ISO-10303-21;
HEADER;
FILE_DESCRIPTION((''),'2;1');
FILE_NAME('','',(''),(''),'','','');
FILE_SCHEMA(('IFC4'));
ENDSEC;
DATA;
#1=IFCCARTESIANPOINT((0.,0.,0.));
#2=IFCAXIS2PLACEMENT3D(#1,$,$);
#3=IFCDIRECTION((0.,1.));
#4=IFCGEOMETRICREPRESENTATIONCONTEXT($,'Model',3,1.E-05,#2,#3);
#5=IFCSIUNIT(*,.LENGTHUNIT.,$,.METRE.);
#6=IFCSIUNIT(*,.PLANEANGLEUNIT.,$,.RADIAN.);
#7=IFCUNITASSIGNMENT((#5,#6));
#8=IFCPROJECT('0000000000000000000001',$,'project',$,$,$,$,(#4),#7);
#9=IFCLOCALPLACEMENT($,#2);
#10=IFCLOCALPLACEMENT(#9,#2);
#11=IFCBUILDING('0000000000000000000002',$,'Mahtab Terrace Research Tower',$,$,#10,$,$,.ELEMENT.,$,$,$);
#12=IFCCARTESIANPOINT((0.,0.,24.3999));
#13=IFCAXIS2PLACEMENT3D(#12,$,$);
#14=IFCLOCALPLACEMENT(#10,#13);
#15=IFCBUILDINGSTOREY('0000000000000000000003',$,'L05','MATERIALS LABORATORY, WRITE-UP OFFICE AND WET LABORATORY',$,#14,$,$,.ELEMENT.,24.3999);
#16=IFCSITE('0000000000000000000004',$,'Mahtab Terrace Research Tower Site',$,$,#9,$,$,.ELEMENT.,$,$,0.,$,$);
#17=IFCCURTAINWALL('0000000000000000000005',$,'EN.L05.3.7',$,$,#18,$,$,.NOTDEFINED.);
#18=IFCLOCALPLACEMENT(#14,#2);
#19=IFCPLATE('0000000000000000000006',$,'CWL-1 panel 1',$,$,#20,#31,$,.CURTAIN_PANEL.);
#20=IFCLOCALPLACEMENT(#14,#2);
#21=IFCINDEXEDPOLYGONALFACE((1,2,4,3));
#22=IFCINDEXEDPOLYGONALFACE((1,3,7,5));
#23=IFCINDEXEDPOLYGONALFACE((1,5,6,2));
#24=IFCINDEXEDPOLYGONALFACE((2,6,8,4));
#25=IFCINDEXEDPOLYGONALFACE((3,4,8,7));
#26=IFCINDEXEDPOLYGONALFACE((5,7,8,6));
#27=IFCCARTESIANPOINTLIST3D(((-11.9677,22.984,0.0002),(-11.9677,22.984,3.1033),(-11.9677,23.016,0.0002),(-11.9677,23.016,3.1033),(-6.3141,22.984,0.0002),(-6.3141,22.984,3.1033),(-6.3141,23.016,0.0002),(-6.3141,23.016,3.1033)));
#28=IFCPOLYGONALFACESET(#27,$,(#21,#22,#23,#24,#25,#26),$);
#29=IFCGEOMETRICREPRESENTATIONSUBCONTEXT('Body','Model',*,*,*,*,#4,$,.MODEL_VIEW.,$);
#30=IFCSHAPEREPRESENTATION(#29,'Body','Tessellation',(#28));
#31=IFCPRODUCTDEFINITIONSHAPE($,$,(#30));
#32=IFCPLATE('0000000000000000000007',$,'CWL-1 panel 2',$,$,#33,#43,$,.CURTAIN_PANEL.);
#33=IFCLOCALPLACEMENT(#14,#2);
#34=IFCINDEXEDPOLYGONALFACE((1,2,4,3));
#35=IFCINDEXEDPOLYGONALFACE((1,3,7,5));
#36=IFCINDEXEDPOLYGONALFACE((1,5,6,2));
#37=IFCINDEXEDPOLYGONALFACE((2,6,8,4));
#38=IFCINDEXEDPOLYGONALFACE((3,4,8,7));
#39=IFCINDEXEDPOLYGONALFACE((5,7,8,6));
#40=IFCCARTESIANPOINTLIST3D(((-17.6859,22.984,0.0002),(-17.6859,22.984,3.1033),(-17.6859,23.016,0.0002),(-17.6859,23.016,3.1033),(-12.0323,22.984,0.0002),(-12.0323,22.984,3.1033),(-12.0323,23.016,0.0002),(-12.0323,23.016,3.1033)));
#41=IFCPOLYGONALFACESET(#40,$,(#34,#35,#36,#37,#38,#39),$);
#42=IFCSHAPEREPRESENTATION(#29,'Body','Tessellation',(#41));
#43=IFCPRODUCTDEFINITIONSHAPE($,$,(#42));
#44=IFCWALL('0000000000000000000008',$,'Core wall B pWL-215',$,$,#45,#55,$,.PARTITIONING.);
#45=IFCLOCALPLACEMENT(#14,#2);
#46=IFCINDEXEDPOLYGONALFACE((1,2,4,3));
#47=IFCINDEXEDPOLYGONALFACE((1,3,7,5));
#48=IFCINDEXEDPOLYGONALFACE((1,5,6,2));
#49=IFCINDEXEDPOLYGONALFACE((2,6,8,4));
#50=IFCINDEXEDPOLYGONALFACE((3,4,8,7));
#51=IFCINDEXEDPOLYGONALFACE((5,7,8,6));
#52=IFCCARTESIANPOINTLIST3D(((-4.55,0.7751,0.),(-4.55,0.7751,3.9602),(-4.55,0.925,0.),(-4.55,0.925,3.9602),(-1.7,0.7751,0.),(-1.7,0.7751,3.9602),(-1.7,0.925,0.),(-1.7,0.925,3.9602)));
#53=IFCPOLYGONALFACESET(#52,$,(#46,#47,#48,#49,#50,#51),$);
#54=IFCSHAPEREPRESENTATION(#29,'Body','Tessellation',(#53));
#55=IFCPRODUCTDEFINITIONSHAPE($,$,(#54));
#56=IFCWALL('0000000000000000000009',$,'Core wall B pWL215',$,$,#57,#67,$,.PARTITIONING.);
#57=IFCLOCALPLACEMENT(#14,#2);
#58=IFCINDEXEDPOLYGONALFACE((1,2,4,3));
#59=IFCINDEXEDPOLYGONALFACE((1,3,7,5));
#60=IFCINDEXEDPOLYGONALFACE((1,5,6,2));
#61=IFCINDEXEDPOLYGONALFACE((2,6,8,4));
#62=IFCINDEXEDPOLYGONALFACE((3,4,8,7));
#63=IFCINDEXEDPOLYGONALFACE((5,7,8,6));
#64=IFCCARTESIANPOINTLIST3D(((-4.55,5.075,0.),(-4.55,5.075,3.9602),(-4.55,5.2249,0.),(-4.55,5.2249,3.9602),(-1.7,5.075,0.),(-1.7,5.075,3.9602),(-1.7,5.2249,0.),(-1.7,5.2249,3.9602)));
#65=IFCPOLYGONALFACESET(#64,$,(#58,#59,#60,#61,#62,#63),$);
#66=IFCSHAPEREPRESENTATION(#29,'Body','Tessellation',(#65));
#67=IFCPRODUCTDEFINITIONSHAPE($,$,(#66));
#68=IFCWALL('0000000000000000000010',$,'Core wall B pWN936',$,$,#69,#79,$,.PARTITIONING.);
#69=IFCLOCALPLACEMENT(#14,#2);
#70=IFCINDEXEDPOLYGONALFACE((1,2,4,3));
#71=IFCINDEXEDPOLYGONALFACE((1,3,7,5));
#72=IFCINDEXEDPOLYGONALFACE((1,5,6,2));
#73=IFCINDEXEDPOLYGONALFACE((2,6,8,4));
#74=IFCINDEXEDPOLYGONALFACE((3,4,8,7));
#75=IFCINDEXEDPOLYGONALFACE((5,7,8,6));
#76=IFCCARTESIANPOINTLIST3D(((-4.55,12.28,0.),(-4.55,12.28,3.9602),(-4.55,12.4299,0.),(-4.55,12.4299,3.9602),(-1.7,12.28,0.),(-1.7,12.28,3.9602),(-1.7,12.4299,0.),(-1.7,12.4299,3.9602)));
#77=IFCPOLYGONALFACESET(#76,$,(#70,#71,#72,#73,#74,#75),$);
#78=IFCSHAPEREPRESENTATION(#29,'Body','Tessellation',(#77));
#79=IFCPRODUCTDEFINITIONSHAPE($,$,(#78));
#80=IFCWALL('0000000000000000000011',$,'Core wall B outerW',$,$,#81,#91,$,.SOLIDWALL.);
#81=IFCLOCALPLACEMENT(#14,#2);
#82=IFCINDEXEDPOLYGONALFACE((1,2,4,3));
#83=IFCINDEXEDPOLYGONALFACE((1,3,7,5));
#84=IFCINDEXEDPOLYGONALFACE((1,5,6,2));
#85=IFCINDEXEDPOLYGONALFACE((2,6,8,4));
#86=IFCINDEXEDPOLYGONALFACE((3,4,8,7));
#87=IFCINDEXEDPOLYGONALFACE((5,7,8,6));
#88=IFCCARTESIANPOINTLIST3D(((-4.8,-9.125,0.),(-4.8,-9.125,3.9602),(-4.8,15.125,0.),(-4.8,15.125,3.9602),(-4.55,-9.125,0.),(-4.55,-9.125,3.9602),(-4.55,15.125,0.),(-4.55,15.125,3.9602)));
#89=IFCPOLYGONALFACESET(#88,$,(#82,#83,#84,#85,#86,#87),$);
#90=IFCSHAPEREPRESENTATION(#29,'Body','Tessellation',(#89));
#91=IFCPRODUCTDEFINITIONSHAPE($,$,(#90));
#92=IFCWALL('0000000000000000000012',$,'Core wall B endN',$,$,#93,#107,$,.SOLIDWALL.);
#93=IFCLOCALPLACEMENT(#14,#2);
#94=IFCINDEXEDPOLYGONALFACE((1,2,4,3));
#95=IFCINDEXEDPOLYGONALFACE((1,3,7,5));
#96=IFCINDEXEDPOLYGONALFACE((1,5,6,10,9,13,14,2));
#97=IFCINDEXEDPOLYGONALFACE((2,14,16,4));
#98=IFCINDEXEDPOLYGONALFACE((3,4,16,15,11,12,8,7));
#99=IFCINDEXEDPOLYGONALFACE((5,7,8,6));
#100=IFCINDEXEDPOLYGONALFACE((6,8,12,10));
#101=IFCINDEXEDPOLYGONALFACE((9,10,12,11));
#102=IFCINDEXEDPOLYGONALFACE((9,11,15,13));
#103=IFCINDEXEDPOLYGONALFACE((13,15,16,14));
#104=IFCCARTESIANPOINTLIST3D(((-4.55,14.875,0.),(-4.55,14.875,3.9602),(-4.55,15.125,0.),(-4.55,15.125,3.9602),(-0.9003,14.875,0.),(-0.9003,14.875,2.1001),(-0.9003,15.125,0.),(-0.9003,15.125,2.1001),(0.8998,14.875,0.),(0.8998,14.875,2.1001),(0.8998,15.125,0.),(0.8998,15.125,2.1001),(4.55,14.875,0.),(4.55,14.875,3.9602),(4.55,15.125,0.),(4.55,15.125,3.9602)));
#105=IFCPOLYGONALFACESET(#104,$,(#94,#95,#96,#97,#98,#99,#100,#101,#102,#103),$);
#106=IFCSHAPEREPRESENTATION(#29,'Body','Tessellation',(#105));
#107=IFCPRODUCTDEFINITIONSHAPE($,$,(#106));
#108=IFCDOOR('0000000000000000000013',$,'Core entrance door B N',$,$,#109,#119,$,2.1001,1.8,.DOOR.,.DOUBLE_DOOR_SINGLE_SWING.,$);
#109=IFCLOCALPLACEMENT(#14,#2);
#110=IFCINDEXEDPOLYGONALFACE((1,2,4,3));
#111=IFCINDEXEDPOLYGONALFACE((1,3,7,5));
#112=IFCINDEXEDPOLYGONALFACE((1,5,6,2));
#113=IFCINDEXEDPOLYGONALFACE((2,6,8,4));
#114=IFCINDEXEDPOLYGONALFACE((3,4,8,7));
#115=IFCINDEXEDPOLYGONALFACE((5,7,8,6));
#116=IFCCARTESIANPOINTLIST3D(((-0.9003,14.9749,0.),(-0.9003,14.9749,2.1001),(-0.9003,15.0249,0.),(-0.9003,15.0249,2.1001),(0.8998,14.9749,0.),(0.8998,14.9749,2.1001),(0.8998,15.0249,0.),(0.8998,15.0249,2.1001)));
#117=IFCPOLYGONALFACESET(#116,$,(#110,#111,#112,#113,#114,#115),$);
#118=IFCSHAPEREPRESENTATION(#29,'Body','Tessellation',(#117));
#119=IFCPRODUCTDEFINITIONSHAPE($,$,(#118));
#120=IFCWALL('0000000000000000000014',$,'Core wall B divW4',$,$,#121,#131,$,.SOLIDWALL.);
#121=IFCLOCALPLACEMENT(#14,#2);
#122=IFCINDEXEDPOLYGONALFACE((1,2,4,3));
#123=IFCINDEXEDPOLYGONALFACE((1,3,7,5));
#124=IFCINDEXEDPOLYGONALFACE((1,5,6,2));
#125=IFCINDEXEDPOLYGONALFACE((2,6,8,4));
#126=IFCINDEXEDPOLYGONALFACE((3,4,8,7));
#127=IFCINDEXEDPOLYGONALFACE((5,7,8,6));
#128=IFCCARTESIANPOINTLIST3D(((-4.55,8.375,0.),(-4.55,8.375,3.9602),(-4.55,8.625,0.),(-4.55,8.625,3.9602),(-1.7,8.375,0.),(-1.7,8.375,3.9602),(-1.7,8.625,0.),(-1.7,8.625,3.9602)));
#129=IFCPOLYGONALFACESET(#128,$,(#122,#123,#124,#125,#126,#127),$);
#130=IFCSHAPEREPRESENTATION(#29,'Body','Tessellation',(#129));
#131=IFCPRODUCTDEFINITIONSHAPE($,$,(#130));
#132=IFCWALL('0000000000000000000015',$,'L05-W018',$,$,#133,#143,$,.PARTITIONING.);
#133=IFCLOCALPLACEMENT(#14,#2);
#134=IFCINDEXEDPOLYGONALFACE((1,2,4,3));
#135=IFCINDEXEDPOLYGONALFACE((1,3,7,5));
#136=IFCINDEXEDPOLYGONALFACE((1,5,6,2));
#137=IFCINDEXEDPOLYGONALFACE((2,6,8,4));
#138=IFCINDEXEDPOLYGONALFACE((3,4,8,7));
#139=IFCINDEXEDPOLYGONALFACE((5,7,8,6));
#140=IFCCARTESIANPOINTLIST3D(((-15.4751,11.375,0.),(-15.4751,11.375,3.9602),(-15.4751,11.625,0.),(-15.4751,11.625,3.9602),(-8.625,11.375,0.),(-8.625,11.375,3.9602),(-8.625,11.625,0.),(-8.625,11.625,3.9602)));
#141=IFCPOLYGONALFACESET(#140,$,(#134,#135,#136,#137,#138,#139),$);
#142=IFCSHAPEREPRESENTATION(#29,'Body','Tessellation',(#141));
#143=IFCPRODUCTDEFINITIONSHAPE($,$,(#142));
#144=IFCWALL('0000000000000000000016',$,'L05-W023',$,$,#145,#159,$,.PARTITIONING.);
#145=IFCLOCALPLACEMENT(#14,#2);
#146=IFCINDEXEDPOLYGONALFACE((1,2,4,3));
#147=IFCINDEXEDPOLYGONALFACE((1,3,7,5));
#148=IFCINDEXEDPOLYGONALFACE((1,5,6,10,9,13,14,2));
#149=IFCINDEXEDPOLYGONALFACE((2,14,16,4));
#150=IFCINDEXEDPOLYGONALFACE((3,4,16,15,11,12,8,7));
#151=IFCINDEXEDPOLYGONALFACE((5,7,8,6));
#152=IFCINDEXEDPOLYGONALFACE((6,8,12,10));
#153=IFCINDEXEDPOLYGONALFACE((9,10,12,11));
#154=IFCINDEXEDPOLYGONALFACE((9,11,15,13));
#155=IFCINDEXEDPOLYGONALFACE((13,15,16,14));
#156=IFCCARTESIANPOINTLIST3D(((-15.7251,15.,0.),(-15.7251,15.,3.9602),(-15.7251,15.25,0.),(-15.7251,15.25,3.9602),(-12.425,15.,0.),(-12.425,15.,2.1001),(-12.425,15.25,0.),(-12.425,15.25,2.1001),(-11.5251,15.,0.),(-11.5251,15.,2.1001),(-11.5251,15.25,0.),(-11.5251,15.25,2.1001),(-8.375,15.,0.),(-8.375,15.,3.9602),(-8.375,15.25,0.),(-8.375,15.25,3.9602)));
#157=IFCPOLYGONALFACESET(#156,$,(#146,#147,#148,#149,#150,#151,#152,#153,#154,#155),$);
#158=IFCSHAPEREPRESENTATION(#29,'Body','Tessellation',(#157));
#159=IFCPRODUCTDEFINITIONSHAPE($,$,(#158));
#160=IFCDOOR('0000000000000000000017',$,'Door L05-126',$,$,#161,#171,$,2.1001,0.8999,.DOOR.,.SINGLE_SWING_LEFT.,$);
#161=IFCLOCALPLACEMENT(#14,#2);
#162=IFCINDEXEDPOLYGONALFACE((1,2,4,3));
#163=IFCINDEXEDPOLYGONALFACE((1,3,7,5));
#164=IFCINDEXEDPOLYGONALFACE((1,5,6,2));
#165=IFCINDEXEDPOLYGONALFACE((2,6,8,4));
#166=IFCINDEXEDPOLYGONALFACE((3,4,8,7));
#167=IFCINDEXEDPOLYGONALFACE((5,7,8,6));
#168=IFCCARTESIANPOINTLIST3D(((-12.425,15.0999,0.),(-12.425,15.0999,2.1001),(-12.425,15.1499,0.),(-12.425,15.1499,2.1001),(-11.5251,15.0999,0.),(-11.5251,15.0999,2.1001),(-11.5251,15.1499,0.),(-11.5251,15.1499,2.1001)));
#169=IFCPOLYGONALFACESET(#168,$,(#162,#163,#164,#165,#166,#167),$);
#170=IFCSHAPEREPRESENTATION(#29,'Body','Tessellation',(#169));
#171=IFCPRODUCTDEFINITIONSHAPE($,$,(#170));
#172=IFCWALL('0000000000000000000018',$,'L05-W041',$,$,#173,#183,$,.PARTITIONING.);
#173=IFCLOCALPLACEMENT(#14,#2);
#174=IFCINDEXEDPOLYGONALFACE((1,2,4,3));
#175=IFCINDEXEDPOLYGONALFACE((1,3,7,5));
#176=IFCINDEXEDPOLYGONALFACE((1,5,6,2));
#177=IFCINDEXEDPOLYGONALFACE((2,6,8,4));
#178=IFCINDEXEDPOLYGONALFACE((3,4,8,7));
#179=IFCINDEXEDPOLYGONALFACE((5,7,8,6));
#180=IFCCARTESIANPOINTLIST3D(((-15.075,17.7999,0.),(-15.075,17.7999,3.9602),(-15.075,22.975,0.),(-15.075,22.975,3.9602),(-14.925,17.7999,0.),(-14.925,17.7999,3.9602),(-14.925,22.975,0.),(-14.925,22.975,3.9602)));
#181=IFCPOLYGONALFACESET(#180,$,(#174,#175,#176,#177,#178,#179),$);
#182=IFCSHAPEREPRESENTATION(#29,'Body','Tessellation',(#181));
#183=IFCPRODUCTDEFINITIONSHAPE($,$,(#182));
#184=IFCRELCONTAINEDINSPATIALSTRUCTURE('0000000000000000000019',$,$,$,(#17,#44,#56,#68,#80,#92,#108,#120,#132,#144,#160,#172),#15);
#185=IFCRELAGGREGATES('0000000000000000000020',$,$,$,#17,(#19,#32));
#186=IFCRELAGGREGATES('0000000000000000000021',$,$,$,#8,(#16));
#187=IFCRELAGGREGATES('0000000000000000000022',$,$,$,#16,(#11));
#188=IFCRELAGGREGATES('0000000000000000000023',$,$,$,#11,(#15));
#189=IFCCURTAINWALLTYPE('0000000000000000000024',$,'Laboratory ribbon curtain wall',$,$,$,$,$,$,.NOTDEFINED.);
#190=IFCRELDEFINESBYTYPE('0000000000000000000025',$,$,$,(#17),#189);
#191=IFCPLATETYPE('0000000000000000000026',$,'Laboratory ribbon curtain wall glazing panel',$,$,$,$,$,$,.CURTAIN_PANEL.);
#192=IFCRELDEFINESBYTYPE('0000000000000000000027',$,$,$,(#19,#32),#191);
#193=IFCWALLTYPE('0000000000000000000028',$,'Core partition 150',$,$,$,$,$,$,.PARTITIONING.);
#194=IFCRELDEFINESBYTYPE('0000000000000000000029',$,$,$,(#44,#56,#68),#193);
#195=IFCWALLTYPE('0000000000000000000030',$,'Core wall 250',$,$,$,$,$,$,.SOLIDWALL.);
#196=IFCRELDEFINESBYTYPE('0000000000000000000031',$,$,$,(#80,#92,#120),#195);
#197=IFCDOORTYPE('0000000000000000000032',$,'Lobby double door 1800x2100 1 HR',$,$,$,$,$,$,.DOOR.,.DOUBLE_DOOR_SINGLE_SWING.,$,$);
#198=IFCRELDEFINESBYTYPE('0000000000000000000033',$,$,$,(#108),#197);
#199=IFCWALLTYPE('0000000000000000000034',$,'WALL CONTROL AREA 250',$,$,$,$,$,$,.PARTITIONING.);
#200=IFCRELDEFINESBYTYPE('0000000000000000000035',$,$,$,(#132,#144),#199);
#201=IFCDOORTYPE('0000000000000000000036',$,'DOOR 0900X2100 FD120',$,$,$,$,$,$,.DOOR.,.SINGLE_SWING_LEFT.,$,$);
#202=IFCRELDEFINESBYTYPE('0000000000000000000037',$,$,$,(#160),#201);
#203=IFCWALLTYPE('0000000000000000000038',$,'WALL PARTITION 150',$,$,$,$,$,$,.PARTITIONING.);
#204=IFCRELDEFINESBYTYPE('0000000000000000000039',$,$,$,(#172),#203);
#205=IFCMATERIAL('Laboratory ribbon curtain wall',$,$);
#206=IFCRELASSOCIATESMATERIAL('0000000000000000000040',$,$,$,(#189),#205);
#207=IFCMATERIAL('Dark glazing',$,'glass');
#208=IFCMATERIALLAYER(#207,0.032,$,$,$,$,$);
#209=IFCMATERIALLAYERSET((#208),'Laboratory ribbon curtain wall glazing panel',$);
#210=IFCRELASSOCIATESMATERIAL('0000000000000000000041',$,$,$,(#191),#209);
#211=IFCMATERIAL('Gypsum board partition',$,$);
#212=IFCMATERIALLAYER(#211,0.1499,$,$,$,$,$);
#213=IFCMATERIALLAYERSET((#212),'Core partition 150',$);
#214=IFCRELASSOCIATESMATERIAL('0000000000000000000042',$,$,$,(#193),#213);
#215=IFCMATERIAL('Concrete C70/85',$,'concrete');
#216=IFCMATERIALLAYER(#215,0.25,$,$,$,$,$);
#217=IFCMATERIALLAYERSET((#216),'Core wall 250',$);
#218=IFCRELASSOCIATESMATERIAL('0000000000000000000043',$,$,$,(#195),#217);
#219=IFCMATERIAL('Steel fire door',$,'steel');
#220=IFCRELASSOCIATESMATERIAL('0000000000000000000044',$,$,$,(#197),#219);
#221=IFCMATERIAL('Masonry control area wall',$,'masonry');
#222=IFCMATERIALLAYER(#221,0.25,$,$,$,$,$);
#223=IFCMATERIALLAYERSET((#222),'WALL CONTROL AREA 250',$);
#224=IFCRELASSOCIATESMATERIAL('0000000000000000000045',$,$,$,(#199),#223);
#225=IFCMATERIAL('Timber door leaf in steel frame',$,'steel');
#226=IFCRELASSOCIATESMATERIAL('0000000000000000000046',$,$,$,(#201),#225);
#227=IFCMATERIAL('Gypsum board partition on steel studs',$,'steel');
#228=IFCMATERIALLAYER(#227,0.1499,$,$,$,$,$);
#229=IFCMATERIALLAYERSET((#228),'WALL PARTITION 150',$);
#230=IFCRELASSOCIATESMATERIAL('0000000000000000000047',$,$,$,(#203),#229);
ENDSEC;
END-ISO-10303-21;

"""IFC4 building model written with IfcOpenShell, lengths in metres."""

from ifc_helpers import new_model, si_unit, direction, frame, frame_2d, origin, origin_2d, place, context, subcontext, project, spatial, rectangle, extrude, material, layer, layer_set, type_object, element, fill, aggregate, save


model = new_model("IFC4")

# Units and contexts
model_context = context("Model", 3, precision=1e-05, world=origin(), true_north=direction((0.0, 1.0)))
body_context = subcontext(model_context, "Body", "Model", "MODEL_VIEW")
ifc_project = project(units=[si_unit("LENGTHUNIT", "METRE"), si_unit("PLANEANGLEUNIT", "RADIAN")], contexts=[model_context])

# Site, building, storey
site_placement = place(None, origin())
site = spatial("IfcSite", under=ifc_project, at=site_placement, Name="Mahtab Terrace Research Tower Site", CompositionType="ELEMENT", RefElevation=0.0)
building_placement = place(site_placement, origin())
building = spatial("IfcBuilding", under=site, at=building_placement, Name="Mahtab Terrace Research Tower", CompositionType="ELEMENT")
storey_placement = place(building_placement, frame((0.0, 0.0, 24.3999)))
storey = spatial("IfcBuildingStorey", under=building, at=storey_placement, Name="L05", Description="MATERIALS LABORATORY, WRITE-UP OFFICE AND WET LABORATORY", CompositionType="ELEMENT", Elevation=24.3999)

# Shared definitions
ifc_material_1 = material(Name="Concrete C70/85", Category="concrete")

# Curtain wall
ifc_material_2 = material(Name="Laboratory ribbon curtain wall")
curtain_wall_type = type_object("IfcCurtainWallType", Name="Laboratory ribbon curtain wall", PredefinedType="NOTDEFINED", material=ifc_material_2)
curtain_wall_placement = place(storey_placement, origin())
curtain_wall = element("IfcCurtainWall", 1, at=curtain_wall_placement, inside=storey, type_object=curtain_wall_type, Name="EN.L05.3.7", PredefinedType="NOTDEFINED")

# Plates
ifc_material_3 = material(Name="Dark glazing", Category="glass")
ifc_layer_1 = layer(ifc_material_3, 0.032)
ifc_layer_set_1 = layer_set([ifc_layer_1], Name="Laboratory ribbon curtain wall glazing panel")
plate_type = type_object("IfcPlateType", Name="Laboratory ribbon curtain wall glazing panel", PredefinedType="CURTAIN_PANEL", material=ifc_layer_set_1)
plate_1_placement = place(storey_placement, frame((-9.1409, 23.0, 0.0002), z_axis=(0.0, 0.0, 1.0), x_axis=(-1.0, 0.0, 0.0)))
plate_1 = element("IfcPlate", 2, at=plate_1_placement, type_object=plate_type, Name="CWL-1 panel 1", PredefinedType="CURTAIN_PANEL", context=body_context, shape_type="SweptSolid", body=[
    extrude(rectangle(XDim=5.6536, YDim=0.032, at=origin_2d()), origin(), (0.0, 0.0, 1.0), 3.103),
])
plate_2_placement = place(storey_placement, frame((-14.8591, 23.0, 0.0002), z_axis=(0.0, 0.0, 1.0), x_axis=(-1.0, 0.0, 0.0)))
plate_2 = element("IfcPlate", 3, at=plate_2_placement, type_object=plate_type, Name="CWL-1 panel 2", PredefinedType="CURTAIN_PANEL", context=body_context, shape_type="SweptSolid", body=[
    extrude(rectangle(XDim=5.6536, YDim=0.032, at=origin_2d()), origin(), (0.0, 0.0, 1.0), 3.103),
])
aggregate(curtain_wall, [plate_1, plate_2])

# Walls
ifc_material_4 = material(Name="Gypsum board partition")
ifc_layer_2 = layer(ifc_material_4, 0.1499)
ifc_layer_set_2 = layer_set([ifc_layer_2], Name="Core partition 150")
wall_type_1 = type_object("IfcWallType", Name="Core partition 150", PredefinedType="PARTITIONING", material=ifc_layer_set_2)
for number, where, z_axis, x_axis, name in (
    (4, (-4.55, 0.8501, 0.0), (0.0, 0.0, 1.0), (1.0, 0.0, 0.0), "Core wall B pWL-215"),
    (5, (-4.55, 5.1499, 0.0), (0.0, 0.0, 1.0), (1.0, 0.0, 0.0), "Core wall B pWL215"),
    (6, (-4.55, 12.355, 0.0), (0.0, 0.0, 1.0), (1.0, 0.0, 0.0), "Core wall B pWN936"),
):
    element("IfcWall", number, at=place(storey_placement, frame(where, z_axis=z_axis, x_axis=x_axis)), inside=storey, type_object=wall_type_1, Name=name, PredefinedType="PARTITIONING", context=body_context, shape_type="SweptSolid", body=[
        extrude(rectangle(XDim=2.8501, YDim=0.1499, at=frame_2d((1.425, 0.0))), origin(), (0.0, 0.0, 1.0), 3.9602),
    ])
ifc_layer_3 = layer(ifc_material_1, 0.25)
ifc_layer_set_3 = layer_set([ifc_layer_3], Name="Core wall 250")
wall_type_2 = type_object("IfcWallType", Name="Core wall 250", PredefinedType="SOLIDWALL", material=ifc_layer_set_3)
wall_1_placement = place(storey_placement, frame((-4.675, 15.125, 0.0), z_axis=(0.0, 0.0, 1.0), x_axis=(0.0, -1.0, 0.0)))
element("IfcWall", 7, at=wall_1_placement, inside=storey, type_object=wall_type_2, Name="Core wall B outerW", PredefinedType="SOLIDWALL", context=body_context, shape_type="SweptSolid", body=[
    extrude(rectangle(XDim=24.25, YDim=0.25, at=frame_2d((12.125, 0.0))), origin(), (0.0, 0.0, 1.0), 3.9602),
])

# Wall, opening, door
wall_2_placement = place(storey_placement, frame((-4.55, 15.0, 0.0), z_axis=(0.0, 0.0, 1.0), x_axis=(1.0, 0.0, 0.0)))
wall_2 = element("IfcWall", 8, at=wall_2_placement, inside=storey, type_object=wall_type_2, Name="Core wall B endN", PredefinedType="SOLIDWALL", context=body_context, shape_type="SweptSolid", body=[
    extrude(rectangle(XDim=9.1001, YDim=0.25, at=frame_2d((4.55, 0.0))), origin(), (0.0, 0.0, 1.0), 3.9602),
])
opening_1_placement = place(wall_2_placement, frame((3.6499, 0.0, 0.0)))
opening_1 = element("IfcOpeningElement", 9, at=opening_1_placement, cuts=wall_2, PredefinedType="OPENING", context=body_context, shape_type="SweptSolid", body=[
    extrude(rectangle(XDim=1.8, YDim=2.1001, at=frame_2d((0.8999, 1.05))), frame((0.0, 0.135, 0.0), z_axis=(0.0, -1.0, 0.0), x_axis=(1.0, 0.0, 0.0)), (0.0, 0.0, 1.0), 0.27),
])
ifc_material_5 = material(Name="Steel fire door", Category="steel")
door_type_1 = type_object("IfcDoorType", Name="Lobby double door 1800x2100 1 HR", OperationType="DOUBLE_DOOR_SINGLE_SWING", PredefinedType="DOOR", material=ifc_material_5)
door_1_placement = place(opening_1_placement, origin())
door_1 = element("IfcDoor", 10, at=door_1_placement, inside=storey, type_object=door_type_1, Name="Core entrance door B N", OperationType="DOUBLE_DOOR_SINGLE_SWING", OverallHeight=2.1001, OverallWidth=1.8, PredefinedType="DOOR", context=body_context, shape_type="SweptSolid", body=[
    extrude(rectangle(XDim=1.8, YDim=2.1001, at=frame_2d((0.8999, 1.05))), frame((0.0, 0.0249, 0.0), z_axis=(0.0, -1.0, 0.0), x_axis=(1.0, 0.0, 0.0)), (0.0, 0.0, 1.0), 0.05),
])
fill(opening_1, door_1)

# Walls
wall_3_placement = place(storey_placement, frame((-4.55, 8.5, 0.0), z_axis=(0.0, 0.0, 1.0), x_axis=(1.0, 0.0, 0.0)))
element("IfcWall", 11, at=wall_3_placement, inside=storey, type_object=wall_type_2, Name="Core wall B divW4", PredefinedType="SOLIDWALL", context=body_context, shape_type="SweptSolid", body=[
    extrude(rectangle(XDim=2.8501, YDim=0.25, at=frame_2d((1.425, 0.0))), origin(), (0.0, 0.0, 1.0), 3.9602),
])
ifc_material_6 = material(Name="Masonry control area wall", Category="masonry")
ifc_layer_4 = layer(ifc_material_6, 0.25)
ifc_layer_set_4 = layer_set([ifc_layer_4], Name="WALL CONTROL AREA 250")
wall_type_3 = type_object("IfcWallType", Name="WALL CONTROL AREA 250", PredefinedType="PARTITIONING", material=ifc_layer_set_4)
wall_4_placement = place(storey_placement, frame((-15.4751, 11.5, 0.0), z_axis=(0.0, 0.0, 1.0), x_axis=(1.0, 0.0, 0.0)))
element("IfcWall", 12, at=wall_4_placement, inside=storey, type_object=wall_type_3, Name="L05-W018", PredefinedType="PARTITIONING", context=body_context, shape_type="SweptSolid", body=[
    extrude(rectangle(XDim=6.8501, YDim=0.25, at=frame_2d((3.425, 0.0))), origin(), (0.0, 0.0, 1.0), 3.9602),
])

# Wall, opening, door
wall_5_placement = place(storey_placement, frame((-15.7251, 15.125, 0.0), z_axis=(0.0, 0.0, 1.0), x_axis=(1.0, 0.0, 0.0)))
wall_5 = element("IfcWall", 13, at=wall_5_placement, inside=storey, type_object=wall_type_3, Name="L05-W023", PredefinedType="PARTITIONING", context=body_context, shape_type="SweptSolid", body=[
    extrude(rectangle(XDim=7.3501, YDim=0.25, at=frame_2d((3.675, 0.0))), origin(), (0.0, 0.0, 1.0), 3.9602),
])
opening_2_placement = place(wall_5_placement, frame((3.3, 0.0, 0.0)))
opening_2 = element("IfcOpeningElement", 14, at=opening_2_placement, cuts=wall_5, PredefinedType="OPENING", context=body_context, shape_type="SweptSolid", body=[
    extrude(rectangle(XDim=0.8999, YDim=2.1001, at=frame_2d((0.45, 1.05))), frame((0.0, 0.135, 0.0), z_axis=(0.0, -1.0, 0.0), x_axis=(1.0, 0.0, 0.0)), (0.0, 0.0, 1.0), 0.27),
])
ifc_material_7 = material(Name="Timber door leaf in steel frame", Category="steel")
door_type_2 = type_object("IfcDoorType", Name="DOOR 0900X2100 FD120", OperationType="SINGLE_SWING_LEFT", PredefinedType="DOOR", material=ifc_material_7)
door_2_placement = place(opening_2_placement, origin())
door_2 = element("IfcDoor", 15, at=door_2_placement, inside=storey, type_object=door_type_2, Name="Door L05-126", OperationType="SINGLE_SWING_LEFT", OverallHeight=2.1001, OverallWidth=0.8999, PredefinedType="DOOR", context=body_context, shape_type="SweptSolid", body=[
    extrude(rectangle(XDim=0.8999, YDim=2.1001, at=frame_2d((0.45, 1.05))), frame((0.0, 0.0249, 0.0), z_axis=(0.0, -1.0, 0.0), x_axis=(1.0, 0.0, 0.0)), (0.0, 0.0, 1.0), 0.05),
])
fill(opening_2, door_2)

# Wall
ifc_material_8 = material(Name="Gypsum board partition on steel studs", Category="steel")
ifc_layer_5 = layer(ifc_material_8, 0.1499)
ifc_layer_set_5 = layer_set([ifc_layer_5], Name="WALL PARTITION 150")
wall_type_4 = type_object("IfcWallType", Name="WALL PARTITION 150", PredefinedType="PARTITIONING", material=ifc_layer_set_5)
for number, where, z_axis, x_axis, name in (
    (16, (-15.0, 17.8, 0.0), (0.0, 0.0, 1.0), (0.0, 1.0, 0.0), "L05-W041"),
):
    element("IfcWall", number, at=place(storey_placement, frame(where, z_axis=z_axis, x_axis=x_axis)), inside=storey, type_object=wall_type_4, Name=name, PredefinedType="PARTITIONING", context=body_context, shape_type="SweptSolid", body=[
        extrude(rectangle(XDim=5.175, YDim=0.1499, at=frame_2d((2.5874, 0.0))), origin(), (0.0, 0.0, 1.0), 3.9602),
    ])

save(model, "model.ifc")
